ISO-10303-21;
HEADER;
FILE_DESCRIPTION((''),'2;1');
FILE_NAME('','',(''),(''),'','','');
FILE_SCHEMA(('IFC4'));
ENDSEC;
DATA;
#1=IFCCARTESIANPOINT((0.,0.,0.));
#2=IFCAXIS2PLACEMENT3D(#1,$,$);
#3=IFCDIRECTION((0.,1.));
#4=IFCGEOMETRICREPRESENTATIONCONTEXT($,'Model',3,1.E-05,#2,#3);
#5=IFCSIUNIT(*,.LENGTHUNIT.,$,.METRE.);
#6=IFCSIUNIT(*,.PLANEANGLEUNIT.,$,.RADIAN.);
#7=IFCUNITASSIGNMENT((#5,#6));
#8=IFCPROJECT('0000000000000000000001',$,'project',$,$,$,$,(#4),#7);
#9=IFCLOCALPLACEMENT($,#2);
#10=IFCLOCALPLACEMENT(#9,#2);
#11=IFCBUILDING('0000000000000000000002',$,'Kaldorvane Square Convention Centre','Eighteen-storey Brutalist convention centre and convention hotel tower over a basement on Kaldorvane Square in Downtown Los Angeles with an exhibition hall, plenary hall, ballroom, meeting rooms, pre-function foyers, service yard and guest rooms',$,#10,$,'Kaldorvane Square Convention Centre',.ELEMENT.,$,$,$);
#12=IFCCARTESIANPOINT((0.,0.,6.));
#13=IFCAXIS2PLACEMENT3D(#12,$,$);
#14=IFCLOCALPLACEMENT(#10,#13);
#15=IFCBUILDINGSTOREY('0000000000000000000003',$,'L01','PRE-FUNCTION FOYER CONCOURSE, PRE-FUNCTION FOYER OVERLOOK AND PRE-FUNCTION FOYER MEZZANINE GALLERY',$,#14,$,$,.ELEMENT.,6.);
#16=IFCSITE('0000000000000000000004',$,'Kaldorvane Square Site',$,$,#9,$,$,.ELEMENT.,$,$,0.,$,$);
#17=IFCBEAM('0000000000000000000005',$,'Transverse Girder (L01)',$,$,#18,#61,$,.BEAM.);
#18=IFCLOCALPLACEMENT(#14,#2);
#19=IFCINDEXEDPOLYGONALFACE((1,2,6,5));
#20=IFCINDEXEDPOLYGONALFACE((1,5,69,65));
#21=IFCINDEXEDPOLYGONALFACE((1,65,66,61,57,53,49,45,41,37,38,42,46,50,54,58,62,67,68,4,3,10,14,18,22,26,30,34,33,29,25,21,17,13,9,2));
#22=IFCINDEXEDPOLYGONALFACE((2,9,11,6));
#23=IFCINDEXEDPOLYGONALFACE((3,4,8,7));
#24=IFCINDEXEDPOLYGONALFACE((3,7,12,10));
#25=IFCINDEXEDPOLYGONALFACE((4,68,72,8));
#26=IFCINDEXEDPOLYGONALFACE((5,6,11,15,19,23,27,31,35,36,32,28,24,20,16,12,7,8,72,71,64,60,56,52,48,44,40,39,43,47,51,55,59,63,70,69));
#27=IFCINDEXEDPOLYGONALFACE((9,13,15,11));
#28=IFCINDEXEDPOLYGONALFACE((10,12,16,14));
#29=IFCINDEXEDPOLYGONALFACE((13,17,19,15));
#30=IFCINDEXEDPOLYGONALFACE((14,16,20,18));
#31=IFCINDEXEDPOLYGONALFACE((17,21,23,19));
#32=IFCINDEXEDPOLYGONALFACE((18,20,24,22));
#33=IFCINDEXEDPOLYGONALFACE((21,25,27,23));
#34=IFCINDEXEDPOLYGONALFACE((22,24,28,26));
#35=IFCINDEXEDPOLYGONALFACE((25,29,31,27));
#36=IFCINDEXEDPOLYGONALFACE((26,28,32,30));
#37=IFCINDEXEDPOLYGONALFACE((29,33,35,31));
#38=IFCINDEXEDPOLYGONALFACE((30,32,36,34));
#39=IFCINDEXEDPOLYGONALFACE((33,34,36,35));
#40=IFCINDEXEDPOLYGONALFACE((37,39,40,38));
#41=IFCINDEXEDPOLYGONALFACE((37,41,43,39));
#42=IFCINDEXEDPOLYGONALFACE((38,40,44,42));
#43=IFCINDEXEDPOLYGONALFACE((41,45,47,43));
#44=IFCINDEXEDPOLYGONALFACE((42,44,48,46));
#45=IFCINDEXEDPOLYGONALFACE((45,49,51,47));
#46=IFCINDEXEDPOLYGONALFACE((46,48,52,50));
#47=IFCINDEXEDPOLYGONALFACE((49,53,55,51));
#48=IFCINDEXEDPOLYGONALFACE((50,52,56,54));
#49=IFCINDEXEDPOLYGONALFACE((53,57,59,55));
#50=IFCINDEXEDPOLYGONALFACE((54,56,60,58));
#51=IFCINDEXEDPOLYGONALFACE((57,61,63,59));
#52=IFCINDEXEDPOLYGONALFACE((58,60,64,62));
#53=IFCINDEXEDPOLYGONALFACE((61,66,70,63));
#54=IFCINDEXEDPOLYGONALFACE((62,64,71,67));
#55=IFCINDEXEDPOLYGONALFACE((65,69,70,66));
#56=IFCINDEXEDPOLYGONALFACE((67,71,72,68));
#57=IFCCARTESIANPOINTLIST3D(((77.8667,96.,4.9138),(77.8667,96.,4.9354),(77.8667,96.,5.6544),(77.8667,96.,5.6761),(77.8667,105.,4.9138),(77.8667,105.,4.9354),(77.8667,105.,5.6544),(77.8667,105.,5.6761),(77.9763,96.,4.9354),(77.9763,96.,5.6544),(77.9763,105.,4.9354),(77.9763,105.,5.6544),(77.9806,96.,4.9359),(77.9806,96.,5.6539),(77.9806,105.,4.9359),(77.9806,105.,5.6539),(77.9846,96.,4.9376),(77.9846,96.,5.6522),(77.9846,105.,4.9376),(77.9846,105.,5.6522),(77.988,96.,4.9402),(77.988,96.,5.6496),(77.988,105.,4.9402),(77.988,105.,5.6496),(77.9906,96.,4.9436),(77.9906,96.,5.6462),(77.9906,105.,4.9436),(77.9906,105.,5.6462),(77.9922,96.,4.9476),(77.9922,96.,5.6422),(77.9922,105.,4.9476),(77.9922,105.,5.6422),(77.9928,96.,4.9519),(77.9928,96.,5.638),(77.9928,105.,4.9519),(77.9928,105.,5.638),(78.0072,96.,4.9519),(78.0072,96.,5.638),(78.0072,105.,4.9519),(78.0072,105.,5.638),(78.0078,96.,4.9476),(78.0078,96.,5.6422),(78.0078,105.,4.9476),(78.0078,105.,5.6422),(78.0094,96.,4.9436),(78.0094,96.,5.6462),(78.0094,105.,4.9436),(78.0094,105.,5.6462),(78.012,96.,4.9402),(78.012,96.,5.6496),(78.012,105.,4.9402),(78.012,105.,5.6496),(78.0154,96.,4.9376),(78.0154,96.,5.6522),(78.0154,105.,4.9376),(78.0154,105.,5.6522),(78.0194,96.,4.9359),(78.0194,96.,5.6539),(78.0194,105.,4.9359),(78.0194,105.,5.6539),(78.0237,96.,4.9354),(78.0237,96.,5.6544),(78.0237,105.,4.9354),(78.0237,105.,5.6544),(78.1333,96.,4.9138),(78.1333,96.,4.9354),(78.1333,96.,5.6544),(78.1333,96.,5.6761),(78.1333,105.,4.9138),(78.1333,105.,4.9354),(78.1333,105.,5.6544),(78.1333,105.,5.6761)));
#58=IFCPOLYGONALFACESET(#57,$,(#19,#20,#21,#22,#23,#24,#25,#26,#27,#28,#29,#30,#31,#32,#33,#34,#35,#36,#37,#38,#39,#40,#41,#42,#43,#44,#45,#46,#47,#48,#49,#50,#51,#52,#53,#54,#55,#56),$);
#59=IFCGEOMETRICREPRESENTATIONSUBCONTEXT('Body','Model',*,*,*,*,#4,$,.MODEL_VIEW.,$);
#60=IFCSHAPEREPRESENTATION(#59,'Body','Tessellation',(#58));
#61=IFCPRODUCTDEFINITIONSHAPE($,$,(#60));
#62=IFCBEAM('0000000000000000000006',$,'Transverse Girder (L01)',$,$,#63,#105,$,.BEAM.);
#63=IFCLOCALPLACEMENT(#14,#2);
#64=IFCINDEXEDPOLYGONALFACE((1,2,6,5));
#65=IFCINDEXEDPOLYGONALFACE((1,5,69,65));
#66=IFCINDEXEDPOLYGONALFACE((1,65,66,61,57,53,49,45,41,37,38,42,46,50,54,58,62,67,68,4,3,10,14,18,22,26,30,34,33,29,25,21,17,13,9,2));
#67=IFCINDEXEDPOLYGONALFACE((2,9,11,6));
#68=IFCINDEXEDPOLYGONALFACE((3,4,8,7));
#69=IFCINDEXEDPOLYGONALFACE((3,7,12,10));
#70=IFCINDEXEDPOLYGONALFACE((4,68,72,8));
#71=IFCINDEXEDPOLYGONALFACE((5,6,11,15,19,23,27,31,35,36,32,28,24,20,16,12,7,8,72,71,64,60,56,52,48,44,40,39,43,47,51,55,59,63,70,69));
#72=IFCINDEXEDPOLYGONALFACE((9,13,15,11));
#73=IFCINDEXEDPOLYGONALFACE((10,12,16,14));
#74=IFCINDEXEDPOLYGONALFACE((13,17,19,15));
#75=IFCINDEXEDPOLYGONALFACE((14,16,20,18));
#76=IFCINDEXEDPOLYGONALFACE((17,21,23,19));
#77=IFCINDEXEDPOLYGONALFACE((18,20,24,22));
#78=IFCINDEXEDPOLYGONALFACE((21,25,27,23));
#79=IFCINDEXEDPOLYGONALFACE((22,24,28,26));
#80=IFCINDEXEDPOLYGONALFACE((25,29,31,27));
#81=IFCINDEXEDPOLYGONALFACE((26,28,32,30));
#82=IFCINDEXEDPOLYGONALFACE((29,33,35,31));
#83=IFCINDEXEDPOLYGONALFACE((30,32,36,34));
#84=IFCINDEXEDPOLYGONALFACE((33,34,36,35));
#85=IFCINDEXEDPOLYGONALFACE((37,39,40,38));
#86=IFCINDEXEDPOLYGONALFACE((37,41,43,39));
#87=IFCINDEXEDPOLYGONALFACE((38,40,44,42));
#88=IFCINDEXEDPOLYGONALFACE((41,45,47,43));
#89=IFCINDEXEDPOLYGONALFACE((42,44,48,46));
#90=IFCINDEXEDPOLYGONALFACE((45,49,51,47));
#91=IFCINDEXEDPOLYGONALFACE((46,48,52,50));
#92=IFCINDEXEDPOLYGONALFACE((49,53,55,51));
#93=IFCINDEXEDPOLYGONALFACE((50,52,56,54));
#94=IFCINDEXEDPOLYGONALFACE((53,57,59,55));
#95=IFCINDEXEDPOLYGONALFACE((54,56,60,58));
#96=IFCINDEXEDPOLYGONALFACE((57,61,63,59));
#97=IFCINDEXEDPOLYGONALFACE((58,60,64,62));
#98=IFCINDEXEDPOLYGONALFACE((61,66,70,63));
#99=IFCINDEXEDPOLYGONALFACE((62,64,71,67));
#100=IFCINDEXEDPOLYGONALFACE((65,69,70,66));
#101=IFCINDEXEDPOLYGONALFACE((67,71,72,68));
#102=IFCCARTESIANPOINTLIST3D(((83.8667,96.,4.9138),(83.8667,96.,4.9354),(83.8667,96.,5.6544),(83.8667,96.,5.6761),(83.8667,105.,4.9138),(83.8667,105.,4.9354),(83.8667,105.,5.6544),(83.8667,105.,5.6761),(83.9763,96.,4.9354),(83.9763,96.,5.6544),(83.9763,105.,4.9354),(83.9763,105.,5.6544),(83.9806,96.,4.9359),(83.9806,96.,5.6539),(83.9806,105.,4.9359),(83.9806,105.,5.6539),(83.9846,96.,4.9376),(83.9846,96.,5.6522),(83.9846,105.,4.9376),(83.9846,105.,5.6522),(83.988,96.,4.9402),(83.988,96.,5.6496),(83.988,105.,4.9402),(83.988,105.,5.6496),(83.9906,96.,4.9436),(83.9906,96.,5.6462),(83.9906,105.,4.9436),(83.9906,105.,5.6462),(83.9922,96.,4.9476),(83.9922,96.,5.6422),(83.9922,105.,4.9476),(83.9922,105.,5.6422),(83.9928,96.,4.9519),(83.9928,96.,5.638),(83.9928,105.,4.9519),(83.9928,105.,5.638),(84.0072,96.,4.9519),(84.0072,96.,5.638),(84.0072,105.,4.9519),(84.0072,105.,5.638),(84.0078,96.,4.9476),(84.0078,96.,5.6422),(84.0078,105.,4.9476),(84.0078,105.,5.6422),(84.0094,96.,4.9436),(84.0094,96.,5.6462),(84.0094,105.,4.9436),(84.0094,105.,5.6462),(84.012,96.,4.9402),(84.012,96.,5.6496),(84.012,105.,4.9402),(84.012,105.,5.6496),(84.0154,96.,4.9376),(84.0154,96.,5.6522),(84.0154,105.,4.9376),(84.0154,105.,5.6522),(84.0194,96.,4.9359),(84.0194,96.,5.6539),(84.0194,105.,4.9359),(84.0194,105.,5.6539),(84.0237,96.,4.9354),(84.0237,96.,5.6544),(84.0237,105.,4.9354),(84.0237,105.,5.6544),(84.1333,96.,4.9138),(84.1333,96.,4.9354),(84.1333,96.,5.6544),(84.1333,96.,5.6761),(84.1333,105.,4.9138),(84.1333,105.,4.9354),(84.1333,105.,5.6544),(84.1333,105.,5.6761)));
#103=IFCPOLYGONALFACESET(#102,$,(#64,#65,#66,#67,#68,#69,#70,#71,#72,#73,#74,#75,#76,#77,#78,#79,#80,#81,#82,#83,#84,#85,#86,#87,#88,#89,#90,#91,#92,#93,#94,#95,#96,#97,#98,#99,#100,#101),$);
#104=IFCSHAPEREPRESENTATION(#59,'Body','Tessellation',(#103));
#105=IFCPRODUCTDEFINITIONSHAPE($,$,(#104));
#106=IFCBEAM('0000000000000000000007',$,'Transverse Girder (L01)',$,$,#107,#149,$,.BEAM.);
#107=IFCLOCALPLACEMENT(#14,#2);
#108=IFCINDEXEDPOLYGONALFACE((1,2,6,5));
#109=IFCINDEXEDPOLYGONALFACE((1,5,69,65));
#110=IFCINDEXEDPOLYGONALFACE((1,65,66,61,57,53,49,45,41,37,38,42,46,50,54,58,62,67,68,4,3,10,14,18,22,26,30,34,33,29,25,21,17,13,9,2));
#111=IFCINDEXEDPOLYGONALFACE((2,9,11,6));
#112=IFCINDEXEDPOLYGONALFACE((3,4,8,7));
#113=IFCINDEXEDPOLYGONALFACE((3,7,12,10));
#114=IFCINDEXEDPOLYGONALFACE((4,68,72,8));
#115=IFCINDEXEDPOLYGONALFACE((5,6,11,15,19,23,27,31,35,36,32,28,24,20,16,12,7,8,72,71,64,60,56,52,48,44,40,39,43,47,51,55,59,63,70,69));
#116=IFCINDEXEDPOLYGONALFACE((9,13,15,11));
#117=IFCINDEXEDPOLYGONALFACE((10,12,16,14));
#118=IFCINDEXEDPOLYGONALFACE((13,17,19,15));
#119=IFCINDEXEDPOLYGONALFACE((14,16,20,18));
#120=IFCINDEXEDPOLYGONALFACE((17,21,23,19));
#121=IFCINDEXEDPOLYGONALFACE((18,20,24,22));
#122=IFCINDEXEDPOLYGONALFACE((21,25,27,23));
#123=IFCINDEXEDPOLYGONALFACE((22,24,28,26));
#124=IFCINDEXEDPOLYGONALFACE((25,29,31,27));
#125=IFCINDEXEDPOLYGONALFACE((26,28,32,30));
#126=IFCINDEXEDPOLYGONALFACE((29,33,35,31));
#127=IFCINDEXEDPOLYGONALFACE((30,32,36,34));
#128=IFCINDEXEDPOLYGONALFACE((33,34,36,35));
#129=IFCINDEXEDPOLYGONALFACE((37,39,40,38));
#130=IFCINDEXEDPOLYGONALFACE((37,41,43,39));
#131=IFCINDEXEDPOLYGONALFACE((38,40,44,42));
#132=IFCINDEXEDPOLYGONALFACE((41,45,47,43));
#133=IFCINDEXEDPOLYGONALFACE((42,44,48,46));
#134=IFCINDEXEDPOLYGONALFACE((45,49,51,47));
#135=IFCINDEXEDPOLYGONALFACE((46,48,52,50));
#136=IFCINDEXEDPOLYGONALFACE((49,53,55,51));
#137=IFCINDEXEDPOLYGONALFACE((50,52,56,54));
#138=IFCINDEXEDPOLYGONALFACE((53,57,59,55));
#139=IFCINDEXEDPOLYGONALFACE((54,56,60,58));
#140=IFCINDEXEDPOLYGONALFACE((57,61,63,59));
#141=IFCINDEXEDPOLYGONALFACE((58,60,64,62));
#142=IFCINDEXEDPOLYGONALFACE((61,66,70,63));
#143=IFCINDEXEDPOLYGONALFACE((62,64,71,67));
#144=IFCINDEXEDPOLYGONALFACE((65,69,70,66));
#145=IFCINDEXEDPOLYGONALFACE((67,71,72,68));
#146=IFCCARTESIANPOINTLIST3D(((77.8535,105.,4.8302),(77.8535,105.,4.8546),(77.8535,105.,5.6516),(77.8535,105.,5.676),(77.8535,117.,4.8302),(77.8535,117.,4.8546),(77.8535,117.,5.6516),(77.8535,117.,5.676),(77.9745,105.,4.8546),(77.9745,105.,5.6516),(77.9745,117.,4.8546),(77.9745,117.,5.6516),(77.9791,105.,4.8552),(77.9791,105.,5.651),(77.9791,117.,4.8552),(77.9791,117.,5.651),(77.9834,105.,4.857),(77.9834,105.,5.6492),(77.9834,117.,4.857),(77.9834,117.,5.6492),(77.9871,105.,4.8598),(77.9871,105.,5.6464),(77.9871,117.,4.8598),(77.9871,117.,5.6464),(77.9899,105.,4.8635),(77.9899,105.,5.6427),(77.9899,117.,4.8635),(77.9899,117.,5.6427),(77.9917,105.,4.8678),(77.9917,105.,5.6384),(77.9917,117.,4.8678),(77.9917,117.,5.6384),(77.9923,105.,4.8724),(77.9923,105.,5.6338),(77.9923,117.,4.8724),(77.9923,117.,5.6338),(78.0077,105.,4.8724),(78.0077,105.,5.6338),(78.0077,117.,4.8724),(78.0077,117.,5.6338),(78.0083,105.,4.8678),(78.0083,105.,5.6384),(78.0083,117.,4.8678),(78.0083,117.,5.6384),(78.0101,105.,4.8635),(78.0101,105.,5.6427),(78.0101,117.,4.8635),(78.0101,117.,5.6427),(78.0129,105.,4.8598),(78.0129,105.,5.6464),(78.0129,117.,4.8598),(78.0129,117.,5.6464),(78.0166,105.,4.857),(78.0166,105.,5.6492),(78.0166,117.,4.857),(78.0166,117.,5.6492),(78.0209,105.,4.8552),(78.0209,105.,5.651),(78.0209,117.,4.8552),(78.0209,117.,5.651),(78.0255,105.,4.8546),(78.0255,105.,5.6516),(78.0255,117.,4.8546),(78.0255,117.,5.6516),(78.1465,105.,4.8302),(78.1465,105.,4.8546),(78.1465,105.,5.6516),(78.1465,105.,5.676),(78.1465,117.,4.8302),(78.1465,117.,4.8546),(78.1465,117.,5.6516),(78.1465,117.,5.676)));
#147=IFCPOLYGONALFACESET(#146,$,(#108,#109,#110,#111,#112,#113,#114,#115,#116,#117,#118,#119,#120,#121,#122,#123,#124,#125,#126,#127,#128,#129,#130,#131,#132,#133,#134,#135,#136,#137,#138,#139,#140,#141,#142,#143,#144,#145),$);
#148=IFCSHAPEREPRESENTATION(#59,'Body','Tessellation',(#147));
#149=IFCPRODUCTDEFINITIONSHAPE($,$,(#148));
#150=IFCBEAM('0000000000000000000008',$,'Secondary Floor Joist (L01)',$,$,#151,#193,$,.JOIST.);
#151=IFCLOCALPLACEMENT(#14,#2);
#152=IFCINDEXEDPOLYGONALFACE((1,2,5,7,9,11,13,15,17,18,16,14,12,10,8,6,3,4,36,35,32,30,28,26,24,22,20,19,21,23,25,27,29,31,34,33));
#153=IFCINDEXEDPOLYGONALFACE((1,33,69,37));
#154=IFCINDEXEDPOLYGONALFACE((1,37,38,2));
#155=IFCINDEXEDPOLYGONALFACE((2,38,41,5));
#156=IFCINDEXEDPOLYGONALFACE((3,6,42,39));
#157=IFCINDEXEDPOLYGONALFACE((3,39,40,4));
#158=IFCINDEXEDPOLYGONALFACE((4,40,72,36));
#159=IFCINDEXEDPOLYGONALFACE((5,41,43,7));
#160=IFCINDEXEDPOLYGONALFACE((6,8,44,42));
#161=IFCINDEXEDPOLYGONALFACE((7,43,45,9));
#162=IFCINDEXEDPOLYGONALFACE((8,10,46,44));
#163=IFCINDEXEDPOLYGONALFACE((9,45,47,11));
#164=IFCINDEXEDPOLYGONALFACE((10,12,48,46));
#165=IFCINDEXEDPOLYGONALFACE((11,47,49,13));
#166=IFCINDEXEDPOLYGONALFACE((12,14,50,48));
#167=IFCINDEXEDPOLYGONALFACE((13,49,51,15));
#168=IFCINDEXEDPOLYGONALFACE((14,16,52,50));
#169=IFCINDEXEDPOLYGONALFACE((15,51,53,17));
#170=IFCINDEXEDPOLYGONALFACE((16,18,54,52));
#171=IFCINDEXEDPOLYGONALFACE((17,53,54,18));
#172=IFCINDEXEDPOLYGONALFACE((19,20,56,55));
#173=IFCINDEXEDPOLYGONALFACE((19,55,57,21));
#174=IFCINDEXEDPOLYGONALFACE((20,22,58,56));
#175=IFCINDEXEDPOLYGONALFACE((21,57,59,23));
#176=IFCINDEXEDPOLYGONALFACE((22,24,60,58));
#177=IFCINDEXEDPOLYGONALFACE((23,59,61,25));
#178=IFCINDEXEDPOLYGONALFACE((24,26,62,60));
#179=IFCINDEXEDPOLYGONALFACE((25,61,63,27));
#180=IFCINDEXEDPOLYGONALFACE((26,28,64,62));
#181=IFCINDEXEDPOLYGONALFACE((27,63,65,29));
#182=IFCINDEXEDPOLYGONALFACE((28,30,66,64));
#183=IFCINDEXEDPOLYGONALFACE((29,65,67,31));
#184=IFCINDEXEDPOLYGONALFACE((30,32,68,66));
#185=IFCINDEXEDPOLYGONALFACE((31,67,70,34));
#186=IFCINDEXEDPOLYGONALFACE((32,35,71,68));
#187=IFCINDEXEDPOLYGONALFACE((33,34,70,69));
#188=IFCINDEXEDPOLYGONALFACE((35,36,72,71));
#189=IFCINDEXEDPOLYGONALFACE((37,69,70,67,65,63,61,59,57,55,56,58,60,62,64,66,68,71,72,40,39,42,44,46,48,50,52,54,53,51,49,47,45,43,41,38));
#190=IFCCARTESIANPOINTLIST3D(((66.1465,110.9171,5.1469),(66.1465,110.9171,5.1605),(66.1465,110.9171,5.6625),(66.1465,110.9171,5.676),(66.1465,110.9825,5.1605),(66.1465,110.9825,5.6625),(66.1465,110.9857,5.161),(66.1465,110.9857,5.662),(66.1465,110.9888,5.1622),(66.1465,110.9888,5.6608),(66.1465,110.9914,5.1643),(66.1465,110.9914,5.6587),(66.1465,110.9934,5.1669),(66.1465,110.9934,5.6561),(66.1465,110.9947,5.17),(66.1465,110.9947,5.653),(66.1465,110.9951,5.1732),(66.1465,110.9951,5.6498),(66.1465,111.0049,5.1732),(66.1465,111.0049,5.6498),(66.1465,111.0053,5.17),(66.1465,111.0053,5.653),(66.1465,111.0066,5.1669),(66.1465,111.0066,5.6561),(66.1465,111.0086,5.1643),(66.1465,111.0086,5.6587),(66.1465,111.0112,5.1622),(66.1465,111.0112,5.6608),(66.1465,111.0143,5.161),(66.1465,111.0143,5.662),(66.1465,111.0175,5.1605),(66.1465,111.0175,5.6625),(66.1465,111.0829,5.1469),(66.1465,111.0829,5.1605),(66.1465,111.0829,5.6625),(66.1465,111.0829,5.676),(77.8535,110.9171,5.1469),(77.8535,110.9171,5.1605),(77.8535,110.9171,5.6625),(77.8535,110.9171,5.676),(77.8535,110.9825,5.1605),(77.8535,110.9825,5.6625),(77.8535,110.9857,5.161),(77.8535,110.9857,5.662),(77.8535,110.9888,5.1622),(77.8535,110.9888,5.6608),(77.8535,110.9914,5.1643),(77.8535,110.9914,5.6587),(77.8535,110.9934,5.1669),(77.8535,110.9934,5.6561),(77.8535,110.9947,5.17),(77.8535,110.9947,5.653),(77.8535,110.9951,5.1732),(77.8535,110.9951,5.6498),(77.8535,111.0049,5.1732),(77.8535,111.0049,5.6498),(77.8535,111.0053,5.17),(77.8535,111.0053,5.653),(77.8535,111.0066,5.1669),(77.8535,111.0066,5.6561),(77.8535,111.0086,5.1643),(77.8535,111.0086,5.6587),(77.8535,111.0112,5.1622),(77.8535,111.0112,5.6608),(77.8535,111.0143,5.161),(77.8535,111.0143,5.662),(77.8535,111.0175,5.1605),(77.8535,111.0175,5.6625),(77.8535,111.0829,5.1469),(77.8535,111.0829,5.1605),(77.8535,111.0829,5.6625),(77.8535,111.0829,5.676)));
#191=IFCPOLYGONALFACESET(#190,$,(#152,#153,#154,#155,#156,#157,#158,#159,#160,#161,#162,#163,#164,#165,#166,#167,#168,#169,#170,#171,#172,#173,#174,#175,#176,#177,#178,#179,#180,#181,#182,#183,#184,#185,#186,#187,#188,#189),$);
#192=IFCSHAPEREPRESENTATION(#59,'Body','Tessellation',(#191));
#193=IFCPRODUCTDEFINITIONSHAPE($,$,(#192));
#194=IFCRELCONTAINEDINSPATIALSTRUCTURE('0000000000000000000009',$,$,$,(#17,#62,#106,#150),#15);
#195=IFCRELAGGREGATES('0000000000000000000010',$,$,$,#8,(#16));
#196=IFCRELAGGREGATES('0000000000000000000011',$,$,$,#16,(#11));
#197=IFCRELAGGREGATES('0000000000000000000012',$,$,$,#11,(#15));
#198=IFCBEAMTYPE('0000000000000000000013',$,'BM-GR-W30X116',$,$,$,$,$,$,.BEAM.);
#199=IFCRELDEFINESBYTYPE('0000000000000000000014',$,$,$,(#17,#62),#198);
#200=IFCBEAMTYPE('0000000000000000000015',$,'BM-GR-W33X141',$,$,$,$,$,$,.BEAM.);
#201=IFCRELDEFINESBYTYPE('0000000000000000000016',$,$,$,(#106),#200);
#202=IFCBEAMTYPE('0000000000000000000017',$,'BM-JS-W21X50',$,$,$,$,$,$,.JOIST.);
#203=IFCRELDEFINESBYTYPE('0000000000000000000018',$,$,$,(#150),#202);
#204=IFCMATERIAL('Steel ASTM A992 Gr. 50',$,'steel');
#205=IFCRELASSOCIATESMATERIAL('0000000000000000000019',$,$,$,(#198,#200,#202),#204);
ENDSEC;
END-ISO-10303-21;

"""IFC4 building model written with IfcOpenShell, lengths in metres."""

from ifc_helpers import new_model, si_unit, direction, frame, origin, origin_2d, place, context, subcontext, project, spatial, i_section, extrude, material, material_profile, profile_set, type_object, element, save


model = new_model("IFC4")

# Units and contexts
model_context = context("Model", 3, precision=1e-05, world=origin(), true_north=direction((0.0, 1.0)))
body_context = subcontext(model_context, "Body", "Model", "MODEL_VIEW")
ifc_project = project(units=[si_unit("LENGTHUNIT", "METRE"), si_unit("PLANEANGLEUNIT", "RADIAN")], contexts=[model_context])

# Site, building, storey
site_placement = place(None, origin())
site = spatial("IfcSite", under=ifc_project, at=site_placement, Name="Kaldorvane Square Site", CompositionType="ELEMENT", RefElevation=0.0)
building_placement = place(site_placement, origin())
building = spatial("IfcBuilding", under=site, at=building_placement, Name="Kaldorvane Square Convention Centre", Description="Eighteen-storey Brutalist convention centre and convention hotel tower over a basement on Kaldorvane Square in Downtown Los Angeles with an exhibition hall, plenary hall, ballroom, meeting rooms, pre-function foyers, service yard and guest rooms", LongName="Kaldorvane Square Convention Centre", CompositionType="ELEMENT")
storey_placement = place(building_placement, frame((0.0, 0.0, 6.0)))
storey = spatial("IfcBuildingStorey", under=building, at=storey_placement, Name="L01", Description="PRE-FUNCTION FOYER CONCOURSE, PRE-FUNCTION FOYER OVERLOOK AND PRE-FUNCTION FOYER MEZZANINE GALLERY", CompositionType="ELEMENT", Elevation=6.0)

# Shared definitions
ifc_material_1 = material(Name="Steel ASTM A992 Gr. 50", Category="steel")

# Beams
ifc_material_profile_1 = material_profile(ifc_material_1, i_section(OverallWidth=0.2666, OverallDepth=0.7623, WebThickness=0.0144, FlangeThickness=0.0216, FilletRadius=0.0165, at=origin_2d()), Name="W30X116")
ifc_profile_set_1 = profile_set([ifc_material_profile_1], Name="Steel ASTM A992 Gr. 50")
beam_type_1 = type_object("IfcBeamType", Name="BM-GR-W30X116", PredefinedType="BEAM", material=ifc_profile_set_1)
for number, where, z_axis, x_axis, name in (
    (1, (78.0, 96.0, 5.2949), (0.0, 1.0, 0.0), (-1.0, 0.0, 0.0), "Transverse Girder (L01)"),
    (2, (84.0, 96.0, 5.2949), (0.0, 1.0, 0.0), (-1.0, 0.0, 0.0), "Transverse Girder (L01)"),
):
    element("IfcBeam", number, at=place(storey_placement, frame(where, z_axis=z_axis, x_axis=x_axis)), inside=storey, type_object=beam_type_1, Name=name, PredefinedType="BEAM", context=body_context, shape_type="SweptSolid", body=[
        extrude(i_section(OverallWidth=0.2666, OverallDepth=0.7623, WebThickness=0.0144, FlangeThickness=0.0216, FilletRadius=0.0165, at=origin_2d()), origin(), (0.0, 0.0, 1.0), 9.0),
    ])
ifc_material_profile_2 = material_profile(ifc_material_1, i_section(OverallWidth=0.293, OverallDepth=0.8458, WebThickness=0.0154, FlangeThickness=0.0244, FilletRadius=0.0178, at=origin_2d()), Name="W33X141")
ifc_profile_set_2 = profile_set([ifc_material_profile_2], Name="Steel ASTM A992 Gr. 50")
beam_type_2 = type_object("IfcBeamType", Name="BM-GR-W33X141", PredefinedType="BEAM", material=ifc_profile_set_2)
beam_1_placement = place(storey_placement, frame((78.0, 105.0, 5.2531), z_axis=(0.0, 1.0, 0.0), x_axis=(-1.0, 0.0, 0.0)))
element("IfcBeam", 3, at=beam_1_placement, inside=storey, type_object=beam_type_2, Name="Transverse Girder (L01)", PredefinedType="BEAM", context=body_context, shape_type="SweptSolid", body=[
    extrude(i_section(OverallWidth=0.293, OverallDepth=0.8458, WebThickness=0.0154, FlangeThickness=0.0244, FilletRadius=0.0178, at=origin_2d()), origin(), (0.0, 0.0, 1.0), 12.0),
])
ifc_material_profile_3 = material_profile(ifc_material_1, i_section(OverallWidth=0.1659, OverallDepth=0.5291, WebThickness=0.0097, FlangeThickness=0.0136, FilletRadius=0.0127, at=origin_2d()), Name="W21X50")
ifc_profile_set_3 = profile_set([ifc_material_profile_3], Name="Steel ASTM A992 Gr. 50")
beam_type_3 = type_object("IfcBeamType", Name="BM-JS-W21X50", PredefinedType="JOIST", material=ifc_profile_set_3)
beam_2_placement = place(storey_placement, frame((66.1465, 111.0, 5.4115), z_axis=(1.0, 0.0, 0.0), x_axis=(0.0, 1.0, 0.0)))
element("IfcBeam", 4, at=beam_2_placement, inside=storey, type_object=beam_type_3, Name="Secondary Floor Joist (L01)", PredefinedType="JOIST", context=body_context, shape_type="SweptSolid", body=[
    extrude(i_section(OverallWidth=0.1659, OverallDepth=0.5291, WebThickness=0.0097, FlangeThickness=0.0136, FilletRadius=0.0127, at=origin_2d()), origin(), (0.0, 0.0, 1.0), 11.707),
])

save(model, "model.ifc")
